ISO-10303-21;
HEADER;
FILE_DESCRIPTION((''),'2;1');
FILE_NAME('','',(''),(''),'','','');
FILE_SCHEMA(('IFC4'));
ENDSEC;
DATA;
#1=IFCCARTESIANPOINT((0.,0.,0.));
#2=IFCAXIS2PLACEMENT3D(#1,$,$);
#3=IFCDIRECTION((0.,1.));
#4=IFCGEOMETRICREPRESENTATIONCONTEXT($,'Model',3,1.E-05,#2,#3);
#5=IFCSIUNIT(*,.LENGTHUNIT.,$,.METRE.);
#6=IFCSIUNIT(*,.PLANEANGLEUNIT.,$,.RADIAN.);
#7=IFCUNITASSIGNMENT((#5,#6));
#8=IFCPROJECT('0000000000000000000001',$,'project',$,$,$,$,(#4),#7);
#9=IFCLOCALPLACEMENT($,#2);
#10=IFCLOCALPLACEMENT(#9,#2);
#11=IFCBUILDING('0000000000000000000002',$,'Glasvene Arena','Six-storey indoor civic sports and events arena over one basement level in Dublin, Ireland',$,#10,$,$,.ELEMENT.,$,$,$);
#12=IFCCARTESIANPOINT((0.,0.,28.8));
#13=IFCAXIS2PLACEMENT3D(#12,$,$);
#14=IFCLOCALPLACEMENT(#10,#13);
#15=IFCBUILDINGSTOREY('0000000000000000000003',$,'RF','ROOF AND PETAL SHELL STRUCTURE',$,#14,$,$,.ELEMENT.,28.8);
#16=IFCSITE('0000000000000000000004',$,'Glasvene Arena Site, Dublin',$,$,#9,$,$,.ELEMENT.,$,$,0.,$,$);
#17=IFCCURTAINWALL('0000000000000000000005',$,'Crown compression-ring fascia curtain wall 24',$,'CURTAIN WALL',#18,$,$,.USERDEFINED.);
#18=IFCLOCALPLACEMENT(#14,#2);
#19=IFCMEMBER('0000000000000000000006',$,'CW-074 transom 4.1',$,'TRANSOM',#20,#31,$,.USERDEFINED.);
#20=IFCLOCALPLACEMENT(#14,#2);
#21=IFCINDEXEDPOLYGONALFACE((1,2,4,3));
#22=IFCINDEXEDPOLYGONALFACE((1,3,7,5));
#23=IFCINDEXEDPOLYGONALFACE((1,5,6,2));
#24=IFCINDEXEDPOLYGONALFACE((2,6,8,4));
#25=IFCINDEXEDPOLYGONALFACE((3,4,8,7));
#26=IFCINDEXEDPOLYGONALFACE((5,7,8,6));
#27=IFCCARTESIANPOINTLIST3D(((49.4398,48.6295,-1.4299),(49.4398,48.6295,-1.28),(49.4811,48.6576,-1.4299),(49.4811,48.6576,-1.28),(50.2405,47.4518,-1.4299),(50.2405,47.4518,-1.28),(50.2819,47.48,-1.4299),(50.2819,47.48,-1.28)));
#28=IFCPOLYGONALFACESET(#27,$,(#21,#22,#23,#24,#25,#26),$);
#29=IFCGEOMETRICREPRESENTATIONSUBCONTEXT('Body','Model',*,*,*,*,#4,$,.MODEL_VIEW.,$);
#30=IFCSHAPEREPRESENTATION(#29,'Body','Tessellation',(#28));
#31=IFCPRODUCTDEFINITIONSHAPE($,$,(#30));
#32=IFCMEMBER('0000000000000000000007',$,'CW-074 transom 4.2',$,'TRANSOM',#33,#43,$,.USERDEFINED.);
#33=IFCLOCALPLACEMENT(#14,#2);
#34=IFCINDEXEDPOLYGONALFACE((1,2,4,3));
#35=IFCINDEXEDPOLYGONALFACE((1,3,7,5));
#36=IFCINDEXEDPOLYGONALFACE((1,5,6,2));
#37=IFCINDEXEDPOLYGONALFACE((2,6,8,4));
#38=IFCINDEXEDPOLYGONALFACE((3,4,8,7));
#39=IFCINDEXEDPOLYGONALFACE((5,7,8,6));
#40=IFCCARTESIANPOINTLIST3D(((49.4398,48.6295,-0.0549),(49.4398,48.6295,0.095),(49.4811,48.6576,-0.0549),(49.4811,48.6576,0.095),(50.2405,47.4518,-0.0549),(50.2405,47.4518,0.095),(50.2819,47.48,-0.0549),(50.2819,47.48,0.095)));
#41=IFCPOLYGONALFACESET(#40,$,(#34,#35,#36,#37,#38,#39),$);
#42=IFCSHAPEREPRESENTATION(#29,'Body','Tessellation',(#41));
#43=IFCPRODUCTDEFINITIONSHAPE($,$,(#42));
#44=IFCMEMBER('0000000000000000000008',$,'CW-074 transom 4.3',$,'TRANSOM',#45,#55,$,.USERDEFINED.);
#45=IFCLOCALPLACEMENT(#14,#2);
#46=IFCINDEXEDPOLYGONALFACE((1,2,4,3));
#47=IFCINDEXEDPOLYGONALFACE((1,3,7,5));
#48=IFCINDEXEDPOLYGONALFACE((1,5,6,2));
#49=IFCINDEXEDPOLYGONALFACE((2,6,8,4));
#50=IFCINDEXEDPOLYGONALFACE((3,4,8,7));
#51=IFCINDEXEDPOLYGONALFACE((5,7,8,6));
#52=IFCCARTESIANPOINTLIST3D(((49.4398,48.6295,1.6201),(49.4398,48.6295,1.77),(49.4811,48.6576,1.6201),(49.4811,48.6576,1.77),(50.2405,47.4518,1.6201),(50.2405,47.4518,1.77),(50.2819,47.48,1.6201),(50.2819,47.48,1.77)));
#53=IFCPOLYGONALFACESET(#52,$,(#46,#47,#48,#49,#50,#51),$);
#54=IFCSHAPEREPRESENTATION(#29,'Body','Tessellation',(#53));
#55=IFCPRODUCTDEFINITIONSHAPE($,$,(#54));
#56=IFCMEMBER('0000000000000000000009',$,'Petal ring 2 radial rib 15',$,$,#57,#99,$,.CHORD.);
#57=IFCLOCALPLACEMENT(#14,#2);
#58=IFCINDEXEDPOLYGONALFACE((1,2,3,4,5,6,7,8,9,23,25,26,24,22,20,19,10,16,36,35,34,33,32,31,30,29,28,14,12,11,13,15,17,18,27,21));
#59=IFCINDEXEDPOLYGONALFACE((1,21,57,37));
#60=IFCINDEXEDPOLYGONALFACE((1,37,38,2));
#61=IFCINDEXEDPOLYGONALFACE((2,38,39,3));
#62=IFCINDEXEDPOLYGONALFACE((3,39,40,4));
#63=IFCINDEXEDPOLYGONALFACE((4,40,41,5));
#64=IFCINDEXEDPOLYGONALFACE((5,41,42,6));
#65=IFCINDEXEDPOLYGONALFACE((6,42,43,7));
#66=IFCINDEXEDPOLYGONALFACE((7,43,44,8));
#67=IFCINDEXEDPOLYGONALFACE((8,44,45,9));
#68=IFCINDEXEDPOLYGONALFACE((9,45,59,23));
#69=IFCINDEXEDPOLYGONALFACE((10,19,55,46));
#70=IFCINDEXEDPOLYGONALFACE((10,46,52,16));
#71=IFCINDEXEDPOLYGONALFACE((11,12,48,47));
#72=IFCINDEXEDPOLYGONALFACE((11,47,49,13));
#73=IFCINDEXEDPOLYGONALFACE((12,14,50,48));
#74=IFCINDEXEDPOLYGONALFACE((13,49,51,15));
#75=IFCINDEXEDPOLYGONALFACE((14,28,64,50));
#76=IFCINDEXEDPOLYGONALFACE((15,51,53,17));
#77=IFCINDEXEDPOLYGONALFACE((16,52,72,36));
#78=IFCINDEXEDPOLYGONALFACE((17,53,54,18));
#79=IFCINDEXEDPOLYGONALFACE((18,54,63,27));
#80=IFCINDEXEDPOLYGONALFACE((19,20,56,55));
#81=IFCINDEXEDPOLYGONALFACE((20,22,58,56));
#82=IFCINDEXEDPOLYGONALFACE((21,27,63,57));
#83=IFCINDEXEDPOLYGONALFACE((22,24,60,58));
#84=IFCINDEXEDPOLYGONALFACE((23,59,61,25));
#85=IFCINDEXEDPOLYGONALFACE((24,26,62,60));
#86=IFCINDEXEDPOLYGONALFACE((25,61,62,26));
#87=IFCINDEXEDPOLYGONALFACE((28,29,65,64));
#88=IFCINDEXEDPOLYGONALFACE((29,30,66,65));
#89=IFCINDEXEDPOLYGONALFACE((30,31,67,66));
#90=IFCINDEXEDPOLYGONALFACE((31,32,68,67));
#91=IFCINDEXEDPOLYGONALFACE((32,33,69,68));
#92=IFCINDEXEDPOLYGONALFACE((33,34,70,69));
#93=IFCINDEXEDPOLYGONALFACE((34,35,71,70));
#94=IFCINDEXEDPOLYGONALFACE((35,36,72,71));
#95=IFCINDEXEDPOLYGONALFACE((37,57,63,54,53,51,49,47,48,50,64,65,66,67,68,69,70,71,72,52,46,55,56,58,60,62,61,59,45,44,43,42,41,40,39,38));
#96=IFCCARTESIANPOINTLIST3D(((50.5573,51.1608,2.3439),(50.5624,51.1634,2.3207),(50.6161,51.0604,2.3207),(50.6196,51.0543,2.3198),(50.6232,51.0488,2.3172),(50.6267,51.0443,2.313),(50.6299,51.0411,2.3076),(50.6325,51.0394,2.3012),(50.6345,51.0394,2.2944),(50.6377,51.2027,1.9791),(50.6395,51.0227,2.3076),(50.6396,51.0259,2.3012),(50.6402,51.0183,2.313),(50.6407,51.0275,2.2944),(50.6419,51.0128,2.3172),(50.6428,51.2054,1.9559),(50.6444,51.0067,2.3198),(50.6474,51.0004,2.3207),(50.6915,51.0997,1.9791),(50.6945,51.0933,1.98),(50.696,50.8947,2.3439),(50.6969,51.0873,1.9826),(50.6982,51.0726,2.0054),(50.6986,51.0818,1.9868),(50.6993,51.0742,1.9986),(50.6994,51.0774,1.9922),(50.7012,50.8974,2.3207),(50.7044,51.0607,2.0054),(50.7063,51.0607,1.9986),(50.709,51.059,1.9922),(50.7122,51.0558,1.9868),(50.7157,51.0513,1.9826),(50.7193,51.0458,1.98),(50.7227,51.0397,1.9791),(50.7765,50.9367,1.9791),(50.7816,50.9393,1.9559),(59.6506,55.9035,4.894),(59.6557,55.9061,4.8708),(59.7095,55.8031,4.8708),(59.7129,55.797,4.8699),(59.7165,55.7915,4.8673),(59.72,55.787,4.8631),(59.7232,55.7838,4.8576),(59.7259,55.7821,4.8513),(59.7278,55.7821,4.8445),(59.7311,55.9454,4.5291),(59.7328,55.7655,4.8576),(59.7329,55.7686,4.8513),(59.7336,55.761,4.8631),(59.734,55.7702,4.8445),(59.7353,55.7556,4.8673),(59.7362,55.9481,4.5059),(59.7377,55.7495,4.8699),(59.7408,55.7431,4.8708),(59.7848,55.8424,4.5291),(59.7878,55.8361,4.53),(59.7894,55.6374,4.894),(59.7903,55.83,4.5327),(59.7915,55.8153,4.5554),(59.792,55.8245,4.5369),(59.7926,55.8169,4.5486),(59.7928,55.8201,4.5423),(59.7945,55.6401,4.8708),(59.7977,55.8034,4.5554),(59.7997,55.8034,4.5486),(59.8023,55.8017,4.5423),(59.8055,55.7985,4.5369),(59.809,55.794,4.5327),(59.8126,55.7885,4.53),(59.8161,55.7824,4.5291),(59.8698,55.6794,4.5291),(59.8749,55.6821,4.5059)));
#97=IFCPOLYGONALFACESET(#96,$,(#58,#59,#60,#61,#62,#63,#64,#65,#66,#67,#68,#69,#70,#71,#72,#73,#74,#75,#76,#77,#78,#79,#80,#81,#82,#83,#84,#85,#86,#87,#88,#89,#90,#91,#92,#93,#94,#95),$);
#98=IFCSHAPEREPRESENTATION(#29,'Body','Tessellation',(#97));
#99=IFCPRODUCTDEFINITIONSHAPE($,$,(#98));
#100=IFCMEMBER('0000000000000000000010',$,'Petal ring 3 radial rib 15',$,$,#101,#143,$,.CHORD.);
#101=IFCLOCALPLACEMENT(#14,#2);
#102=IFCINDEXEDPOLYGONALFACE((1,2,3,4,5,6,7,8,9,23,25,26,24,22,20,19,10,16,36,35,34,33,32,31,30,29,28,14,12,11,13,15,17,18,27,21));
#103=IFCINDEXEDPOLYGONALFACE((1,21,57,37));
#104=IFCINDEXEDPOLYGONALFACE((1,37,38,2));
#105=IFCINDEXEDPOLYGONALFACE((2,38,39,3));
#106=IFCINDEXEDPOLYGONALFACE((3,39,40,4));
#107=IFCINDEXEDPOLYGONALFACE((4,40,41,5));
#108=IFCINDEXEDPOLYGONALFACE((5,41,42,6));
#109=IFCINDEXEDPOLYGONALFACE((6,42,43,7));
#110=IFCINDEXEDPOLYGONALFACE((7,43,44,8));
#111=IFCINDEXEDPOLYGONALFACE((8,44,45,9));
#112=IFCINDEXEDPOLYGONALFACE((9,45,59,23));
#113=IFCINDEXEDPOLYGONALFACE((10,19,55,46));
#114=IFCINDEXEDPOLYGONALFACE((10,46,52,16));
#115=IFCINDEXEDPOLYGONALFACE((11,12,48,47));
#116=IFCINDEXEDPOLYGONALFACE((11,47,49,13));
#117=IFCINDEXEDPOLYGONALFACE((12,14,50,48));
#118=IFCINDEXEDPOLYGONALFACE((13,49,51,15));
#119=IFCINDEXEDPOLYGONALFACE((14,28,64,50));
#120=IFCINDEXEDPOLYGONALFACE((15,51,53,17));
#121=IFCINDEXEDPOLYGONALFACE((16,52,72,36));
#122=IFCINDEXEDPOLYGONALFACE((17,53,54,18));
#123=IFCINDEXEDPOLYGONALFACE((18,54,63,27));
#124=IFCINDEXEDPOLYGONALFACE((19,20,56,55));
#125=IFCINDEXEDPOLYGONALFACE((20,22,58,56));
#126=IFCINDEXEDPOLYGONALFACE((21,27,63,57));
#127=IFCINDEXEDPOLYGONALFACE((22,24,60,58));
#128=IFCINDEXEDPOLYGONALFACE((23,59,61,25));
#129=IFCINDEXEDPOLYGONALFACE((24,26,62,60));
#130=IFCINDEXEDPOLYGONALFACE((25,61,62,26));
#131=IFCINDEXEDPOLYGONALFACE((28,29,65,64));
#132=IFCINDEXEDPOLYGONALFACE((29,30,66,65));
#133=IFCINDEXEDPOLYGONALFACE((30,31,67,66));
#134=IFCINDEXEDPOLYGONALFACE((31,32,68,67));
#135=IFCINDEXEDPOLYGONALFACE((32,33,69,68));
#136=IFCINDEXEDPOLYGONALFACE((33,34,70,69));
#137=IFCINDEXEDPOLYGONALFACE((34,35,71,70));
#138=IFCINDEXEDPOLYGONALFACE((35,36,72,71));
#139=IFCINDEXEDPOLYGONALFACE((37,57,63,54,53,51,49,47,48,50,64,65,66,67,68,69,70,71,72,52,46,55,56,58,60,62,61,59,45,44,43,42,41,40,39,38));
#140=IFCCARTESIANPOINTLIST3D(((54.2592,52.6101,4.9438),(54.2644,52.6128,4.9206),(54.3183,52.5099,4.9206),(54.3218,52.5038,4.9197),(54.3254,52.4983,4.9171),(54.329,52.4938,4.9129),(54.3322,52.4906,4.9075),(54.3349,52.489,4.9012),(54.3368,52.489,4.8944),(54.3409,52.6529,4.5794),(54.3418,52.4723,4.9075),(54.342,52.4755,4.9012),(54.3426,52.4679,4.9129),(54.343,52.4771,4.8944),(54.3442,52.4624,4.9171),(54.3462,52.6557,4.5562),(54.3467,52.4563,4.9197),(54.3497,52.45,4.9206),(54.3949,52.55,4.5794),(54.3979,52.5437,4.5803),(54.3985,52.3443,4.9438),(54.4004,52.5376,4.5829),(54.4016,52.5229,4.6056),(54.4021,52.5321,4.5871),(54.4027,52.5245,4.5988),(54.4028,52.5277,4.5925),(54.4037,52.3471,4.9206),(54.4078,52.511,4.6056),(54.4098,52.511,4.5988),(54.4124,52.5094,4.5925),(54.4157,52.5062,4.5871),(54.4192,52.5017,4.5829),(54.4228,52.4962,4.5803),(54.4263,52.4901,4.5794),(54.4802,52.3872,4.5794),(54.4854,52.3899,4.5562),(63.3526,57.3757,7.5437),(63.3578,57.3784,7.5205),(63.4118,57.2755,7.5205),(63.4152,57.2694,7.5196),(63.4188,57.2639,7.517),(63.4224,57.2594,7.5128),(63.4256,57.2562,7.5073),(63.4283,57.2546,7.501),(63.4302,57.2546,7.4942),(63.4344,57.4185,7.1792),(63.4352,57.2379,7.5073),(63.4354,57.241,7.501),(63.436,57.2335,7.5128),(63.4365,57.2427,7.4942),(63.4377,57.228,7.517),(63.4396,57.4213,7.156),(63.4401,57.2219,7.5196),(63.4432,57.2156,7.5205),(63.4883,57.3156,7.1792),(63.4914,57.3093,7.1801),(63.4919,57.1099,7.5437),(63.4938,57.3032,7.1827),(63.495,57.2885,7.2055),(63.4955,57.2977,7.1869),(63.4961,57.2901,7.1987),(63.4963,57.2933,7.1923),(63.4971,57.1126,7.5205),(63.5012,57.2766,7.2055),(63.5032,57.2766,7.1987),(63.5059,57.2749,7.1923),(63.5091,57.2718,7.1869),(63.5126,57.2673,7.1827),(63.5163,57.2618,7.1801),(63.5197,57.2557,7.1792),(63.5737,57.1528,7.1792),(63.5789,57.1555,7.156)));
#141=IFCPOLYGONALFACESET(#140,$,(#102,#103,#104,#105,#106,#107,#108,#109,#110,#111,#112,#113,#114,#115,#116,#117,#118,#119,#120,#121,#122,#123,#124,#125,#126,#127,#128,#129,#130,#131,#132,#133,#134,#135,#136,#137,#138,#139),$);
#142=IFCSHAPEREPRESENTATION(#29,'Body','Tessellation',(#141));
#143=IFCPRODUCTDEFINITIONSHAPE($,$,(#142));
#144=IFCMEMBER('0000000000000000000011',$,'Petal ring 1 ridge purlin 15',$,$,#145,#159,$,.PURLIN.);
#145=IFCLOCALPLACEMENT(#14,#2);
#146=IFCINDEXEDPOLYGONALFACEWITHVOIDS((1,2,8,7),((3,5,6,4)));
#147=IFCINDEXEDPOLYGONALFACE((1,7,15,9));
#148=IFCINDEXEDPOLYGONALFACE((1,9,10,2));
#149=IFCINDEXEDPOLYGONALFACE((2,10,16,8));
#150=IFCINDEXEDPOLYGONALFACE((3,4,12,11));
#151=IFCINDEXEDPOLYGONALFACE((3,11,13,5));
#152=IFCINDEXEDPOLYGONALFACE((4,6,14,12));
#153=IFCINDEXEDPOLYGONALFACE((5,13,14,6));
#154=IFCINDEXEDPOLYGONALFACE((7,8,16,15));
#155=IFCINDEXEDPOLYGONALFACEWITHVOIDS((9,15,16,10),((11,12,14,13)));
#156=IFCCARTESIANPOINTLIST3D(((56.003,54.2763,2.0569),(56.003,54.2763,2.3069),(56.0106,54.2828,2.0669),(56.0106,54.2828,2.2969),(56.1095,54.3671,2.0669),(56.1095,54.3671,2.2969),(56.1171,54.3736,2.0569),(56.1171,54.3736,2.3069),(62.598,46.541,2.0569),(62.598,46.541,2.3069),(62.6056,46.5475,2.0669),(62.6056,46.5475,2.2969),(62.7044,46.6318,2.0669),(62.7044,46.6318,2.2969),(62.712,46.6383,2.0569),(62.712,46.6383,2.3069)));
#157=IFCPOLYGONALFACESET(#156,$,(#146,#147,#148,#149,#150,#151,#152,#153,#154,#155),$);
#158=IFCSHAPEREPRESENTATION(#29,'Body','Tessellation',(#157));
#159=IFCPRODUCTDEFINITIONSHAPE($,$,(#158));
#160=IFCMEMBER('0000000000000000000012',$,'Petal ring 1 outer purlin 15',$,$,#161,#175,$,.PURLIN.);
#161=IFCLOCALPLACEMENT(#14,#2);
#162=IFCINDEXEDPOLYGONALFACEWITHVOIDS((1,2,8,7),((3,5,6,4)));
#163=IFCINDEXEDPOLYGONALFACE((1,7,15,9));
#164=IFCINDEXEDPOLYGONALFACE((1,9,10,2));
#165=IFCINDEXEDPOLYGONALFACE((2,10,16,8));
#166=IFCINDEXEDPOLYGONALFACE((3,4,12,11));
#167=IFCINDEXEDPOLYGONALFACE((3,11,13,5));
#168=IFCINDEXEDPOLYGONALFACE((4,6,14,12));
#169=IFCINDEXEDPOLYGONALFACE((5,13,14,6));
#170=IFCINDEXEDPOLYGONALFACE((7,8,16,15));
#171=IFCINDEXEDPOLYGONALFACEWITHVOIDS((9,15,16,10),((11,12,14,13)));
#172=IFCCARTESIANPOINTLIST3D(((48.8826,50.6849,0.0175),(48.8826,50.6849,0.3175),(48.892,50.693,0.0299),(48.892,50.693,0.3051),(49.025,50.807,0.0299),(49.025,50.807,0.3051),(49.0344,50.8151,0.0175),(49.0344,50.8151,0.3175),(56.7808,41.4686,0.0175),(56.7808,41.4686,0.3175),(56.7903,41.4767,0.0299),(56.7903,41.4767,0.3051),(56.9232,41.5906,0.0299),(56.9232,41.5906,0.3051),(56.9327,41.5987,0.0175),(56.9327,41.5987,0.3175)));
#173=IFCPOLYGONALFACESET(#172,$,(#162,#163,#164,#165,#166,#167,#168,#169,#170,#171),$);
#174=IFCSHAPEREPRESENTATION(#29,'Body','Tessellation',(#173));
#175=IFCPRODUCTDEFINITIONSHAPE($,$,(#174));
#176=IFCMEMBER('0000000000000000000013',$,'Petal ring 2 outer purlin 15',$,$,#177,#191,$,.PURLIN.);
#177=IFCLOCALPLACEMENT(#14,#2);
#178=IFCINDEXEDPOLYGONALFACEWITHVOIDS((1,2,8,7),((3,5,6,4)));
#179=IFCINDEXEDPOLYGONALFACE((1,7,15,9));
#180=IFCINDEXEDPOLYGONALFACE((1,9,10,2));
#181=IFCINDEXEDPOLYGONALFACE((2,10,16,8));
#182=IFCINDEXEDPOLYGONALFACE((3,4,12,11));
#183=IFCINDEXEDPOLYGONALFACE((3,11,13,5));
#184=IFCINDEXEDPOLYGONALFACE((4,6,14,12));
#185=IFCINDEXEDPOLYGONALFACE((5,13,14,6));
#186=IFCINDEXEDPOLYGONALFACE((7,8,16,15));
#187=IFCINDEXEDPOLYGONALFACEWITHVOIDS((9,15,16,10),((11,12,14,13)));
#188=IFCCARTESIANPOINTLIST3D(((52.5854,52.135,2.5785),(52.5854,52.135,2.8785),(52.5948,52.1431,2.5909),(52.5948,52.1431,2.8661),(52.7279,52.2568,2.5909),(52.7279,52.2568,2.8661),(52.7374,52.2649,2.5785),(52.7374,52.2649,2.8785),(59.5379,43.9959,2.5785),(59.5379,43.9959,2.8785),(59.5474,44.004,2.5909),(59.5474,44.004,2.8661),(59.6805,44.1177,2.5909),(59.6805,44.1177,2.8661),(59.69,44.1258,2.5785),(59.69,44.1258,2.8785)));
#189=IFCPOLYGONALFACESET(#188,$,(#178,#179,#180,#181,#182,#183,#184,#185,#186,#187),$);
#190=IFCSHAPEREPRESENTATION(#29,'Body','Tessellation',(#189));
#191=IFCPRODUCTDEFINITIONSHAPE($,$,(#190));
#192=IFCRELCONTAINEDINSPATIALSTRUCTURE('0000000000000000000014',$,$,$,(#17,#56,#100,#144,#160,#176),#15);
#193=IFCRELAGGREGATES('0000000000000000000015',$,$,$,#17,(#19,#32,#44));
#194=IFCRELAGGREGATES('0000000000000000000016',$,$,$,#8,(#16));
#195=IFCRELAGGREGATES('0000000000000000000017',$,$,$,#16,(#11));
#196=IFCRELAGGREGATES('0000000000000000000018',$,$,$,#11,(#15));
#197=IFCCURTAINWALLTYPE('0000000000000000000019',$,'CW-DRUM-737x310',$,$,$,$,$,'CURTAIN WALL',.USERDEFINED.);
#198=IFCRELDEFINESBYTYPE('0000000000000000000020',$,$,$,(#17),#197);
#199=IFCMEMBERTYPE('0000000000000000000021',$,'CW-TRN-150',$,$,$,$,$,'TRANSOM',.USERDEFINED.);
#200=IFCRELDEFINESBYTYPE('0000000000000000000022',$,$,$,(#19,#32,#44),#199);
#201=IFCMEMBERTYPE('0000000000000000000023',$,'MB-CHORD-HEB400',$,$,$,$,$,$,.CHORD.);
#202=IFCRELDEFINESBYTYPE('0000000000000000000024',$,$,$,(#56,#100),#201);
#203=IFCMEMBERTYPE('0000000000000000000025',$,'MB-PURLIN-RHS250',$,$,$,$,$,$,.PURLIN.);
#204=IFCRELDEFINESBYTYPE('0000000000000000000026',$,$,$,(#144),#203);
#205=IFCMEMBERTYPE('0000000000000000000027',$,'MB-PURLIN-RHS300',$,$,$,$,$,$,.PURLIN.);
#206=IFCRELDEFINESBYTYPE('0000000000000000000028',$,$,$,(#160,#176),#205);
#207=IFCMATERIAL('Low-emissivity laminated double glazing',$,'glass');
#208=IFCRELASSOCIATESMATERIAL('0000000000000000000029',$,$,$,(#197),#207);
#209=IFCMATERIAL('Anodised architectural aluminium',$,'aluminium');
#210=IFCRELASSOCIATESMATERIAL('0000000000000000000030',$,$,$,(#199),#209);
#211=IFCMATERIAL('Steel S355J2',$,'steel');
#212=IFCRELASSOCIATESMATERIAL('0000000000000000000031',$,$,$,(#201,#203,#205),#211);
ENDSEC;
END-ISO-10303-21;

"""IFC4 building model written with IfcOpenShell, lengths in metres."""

from ifc_helpers import new_model, si_unit, direction, frame, origin, origin_2d, place, context, subcontext, project, spatial, rectangle, hollow_rectangle, i_section, extrude, material, material_profile, profile_set, type_object, element, aggregate, save


model = new_model("IFC4")

# Units and contexts
model_context = context("Model", 3, precision=1e-05, world=origin(), true_north=direction((0.0, 1.0)))
body_context = subcontext(model_context, "Body", "Model", "MODEL_VIEW")
ifc_project = project(units=[si_unit("LENGTHUNIT", "METRE"), si_unit("PLANEANGLEUNIT", "RADIAN")], contexts=[model_context])

# Site, building, storey
site_placement = place(None, origin())
site = spatial("IfcSite", under=ifc_project, at=site_placement, Name="Glasvene Arena Site, Dublin", CompositionType="ELEMENT", RefElevation=0.0)
building_placement = place(site_placement, origin())
building = spatial("IfcBuilding", under=site, at=building_placement, Name="Glasvene Arena", Description="Six-storey indoor civic sports and events arena over one basement level in Dublin, Ireland", CompositionType="ELEMENT")
storey_placement = place(building_placement, frame((0.0, 0.0, 28.8)))
storey = spatial("IfcBuildingStorey", under=building, at=storey_placement, Name="RF", Description="ROOF AND PETAL SHELL STRUCTURE", CompositionType="ELEMENT", Elevation=28.8)

# Shared definitions
ifc_material_1 = material(Name="Low-emissivity laminated double glazing", Category="glass")
ifc_material_2 = material(Name="Anodised architectural aluminium", Category="aluminium")

# Curtain wall
curtain_wall_type_1 = type_object("IfcCurtainWallType", Name="CW-DRUM-737x310", ElementType="CURTAIN WALL", PredefinedType="USERDEFINED", material=ifc_material_1)
curtain_wall_1_placement = place(storey_placement, frame((46.9597, 52.3208, 0.0)))
curtain_wall_1 = element("IfcCurtainWall", 1, at=curtain_wall_1_placement, inside=storey, type_object=curtain_wall_type_1, Name="Crown compression-ring fascia curtain wall 24", ObjectType="CURTAIN WALL", PredefinedType="USERDEFINED")

# Members
ifc_material_profile_1 = material_profile(ifc_material_2, rectangle(XDim=0.05, YDim=0.1499, at=origin_2d()), Name="ALU TRANSOM 50x150")
ifc_profile_set_1 = profile_set([ifc_material_profile_1], Name="Anodised architectural aluminium")
member_type_1 = type_object("IfcMemberType", Name="CW-TRN-150", ElementType="TRANSOM", PredefinedType="USERDEFINED", material=ifc_profile_set_1)
member_1_placement = place(storey_placement, frame((49.4604, 48.6436, -1.355), z_axis=(0.562273, -0.826952, 0.0), x_axis=(0.826952, 0.562273, 0.0)))
member_1 = element("IfcMember", 2, at=member_1_placement, type_object=member_type_1, Name="CW-074 transom 4.1", ObjectType="TRANSOM", PredefinedType="USERDEFINED", context=body_context, shape_type="SweptSolid", body=[
    extrude(rectangle(XDim=0.05, YDim=0.1499, at=origin_2d()), origin(), (0.0, 0.0, 1.0), 1.4241),
])
member_2_placement = place(storey_placement, frame((49.4604, 48.6436, 0.02), z_axis=(0.562273, -0.826952, 0.0), x_axis=(0.826952, 0.562273, 0.0)))
member_2 = element("IfcMember", 3, at=member_2_placement, type_object=member_type_1, Name="CW-074 transom 4.2", ObjectType="TRANSOM", PredefinedType="USERDEFINED", context=body_context, shape_type="SweptSolid", body=[
    extrude(rectangle(XDim=0.05, YDim=0.1499, at=origin_2d()), origin(), (0.0, 0.0, 1.0), 1.4241),
])
member_3_placement = place(storey_placement, frame((49.4604, 48.6436, 1.6951), z_axis=(0.562273, -0.826952, 0.0), x_axis=(0.826952, 0.562273, 0.0)))
member_3 = element("IfcMember", 4, at=member_3_placement, type_object=member_type_1, Name="CW-074 transom 4.3", ObjectType="TRANSOM", PredefinedType="USERDEFINED", context=body_context, shape_type="SweptSolid", body=[
    extrude(rectangle(XDim=0.05, YDim=0.1499, at=origin_2d()), origin(), (0.0, 0.0, 1.0), 1.4241),
])

# Members
ifc_material_3 = material(Name="Steel S355J2", Category="steel")
ifc_material_profile_2 = material_profile(ifc_material_3, i_section(OverallWidth=0.3, OverallDepth=0.3999, WebThickness=0.0134, FlangeThickness=0.0239, FilletRadius=0.0271, at=origin_2d()), Name="HEB 400")
ifc_profile_set_2 = profile_set([ifc_material_profile_2], Name="Steel S355J2")
member_type_2 = type_object("IfcMemberType", Name="MB-CHORD-HEB400", PredefinedType="CHORD", material=ifc_profile_set_2)
member_4_placement = place(storey_placement, frame((50.6694, 51.05, 2.1499), z_axis=(0.860451, 0.448776, 0.241299), x_axis=(-0.462441, 0.88665, 0.0)))
element("IfcMember", 5, at=member_4_placement, inside=storey, type_object=member_type_2, Name="Petal ring 2 radial rib 15", PredefinedType="CHORD", context=body_context, shape_type="SweptSolid", body=[
    extrude(i_section(OverallWidth=0.3, OverallDepth=0.3999, WebThickness=0.0134, FlangeThickness=0.0239, FilletRadius=0.0271, at=origin_2d()), origin(), (0.0, 0.0, 1.0), 10.5681),
])
member_5_placement = place(storey_placement, frame((54.3723, 52.5, 4.75), z_axis=(0.858634, 0.449983, 0.245485), x_axis=(-0.464187, 0.885737, 0.0)))
element("IfcMember", 6, at=member_5_placement, inside=storey, type_object=member_type_2, Name="Petal ring 3 radial rib 15", PredefinedType="CHORD", context=body_context, shape_type="SweptSolid", body=[
    extrude(i_section(OverallWidth=0.3, OverallDepth=0.3999, WebThickness=0.0134, FlangeThickness=0.0239, FilletRadius=0.0271, at=origin_2d()), origin(), (0.0, 0.0, 1.0), 10.5906),
])
ifc_material_profile_3 = material_profile(ifc_material_3, hollow_rectangle(XDim=0.1499, YDim=0.25, WallThickness=0.01, at=origin_2d()), Name="RHS 250x150x10.0")
ifc_profile_set_3 = profile_set([ifc_material_profile_3], Name="Steel S355J2")
member_type_3 = type_object("IfcMemberType", Name="MB-PURLIN-RHS250", PredefinedType="PURLIN", material=ifc_profile_set_3)
member_6_placement = place(storey_placement, frame((56.0601, 54.325, 2.1819), z_axis=(0.648785, -0.760971, 0.0), x_axis=(0.760971, 0.648785, 0.0)))
element("IfcMember", 7, at=member_6_placement, inside=storey, type_object=member_type_3, Name="Petal ring 1 ridge purlin 15", PredefinedType="PURLIN", context=body_context, shape_type="SweptSolid", body=[
    extrude(hollow_rectangle(XDim=0.1499, YDim=0.25, WallThickness=0.01, at=origin_2d()), origin(), (0.0, 0.0, 1.0), 10.165),
])
ifc_material_profile_4 = material_profile(ifc_material_3, hollow_rectangle(XDim=0.2, YDim=0.3, WallThickness=0.0125, at=origin_2d()), Name="RHS 300x200x12.5")
ifc_profile_set_4 = profile_set([ifc_material_profile_4], Name="Steel S355J2")
member_type_4 = type_object("IfcMemberType", Name="MB-PURLIN-RHS300", PredefinedType="PURLIN", material=ifc_profile_set_4)
member_7_placement = place(storey_placement, frame((48.9585, 50.75, 0.1675), z_axis=(0.65072, -0.759318, 0.0), x_axis=(0.759318, 0.65072, 0.0)))
element("IfcMember", 8, at=member_7_placement, inside=storey, type_object=member_type_4, Name="Petal ring 1 outer purlin 15", PredefinedType="PURLIN", context=body_context, shape_type="SweptSolid", body=[
    extrude(hollow_rectangle(XDim=0.2, YDim=0.3, WallThickness=0.0125, at=origin_2d()), origin(), (0.0, 0.0, 1.0), 12.1377),
])
member_8_placement = place(storey_placement, frame((52.6614, 52.2, 2.7285), z_axis=(0.649509, -0.760353, 0.0), x_axis=(0.760353, 0.649509, 0.0)))
element("IfcMember", 9, at=member_8_placement, inside=storey, type_object=member_type_4, Name="Petal ring 2 outer purlin 15", PredefinedType="PURLIN", context=body_context, shape_type="SweptSolid", body=[
    extrude(hollow_rectangle(XDim=0.2, YDim=0.3, WallThickness=0.0125, at=origin_2d()), origin(), (0.0, 0.0, 1.0), 10.7043),
])

aggregate(curtain_wall_1, [member_1, member_2, member_3])

save(model, "model.ifc")
